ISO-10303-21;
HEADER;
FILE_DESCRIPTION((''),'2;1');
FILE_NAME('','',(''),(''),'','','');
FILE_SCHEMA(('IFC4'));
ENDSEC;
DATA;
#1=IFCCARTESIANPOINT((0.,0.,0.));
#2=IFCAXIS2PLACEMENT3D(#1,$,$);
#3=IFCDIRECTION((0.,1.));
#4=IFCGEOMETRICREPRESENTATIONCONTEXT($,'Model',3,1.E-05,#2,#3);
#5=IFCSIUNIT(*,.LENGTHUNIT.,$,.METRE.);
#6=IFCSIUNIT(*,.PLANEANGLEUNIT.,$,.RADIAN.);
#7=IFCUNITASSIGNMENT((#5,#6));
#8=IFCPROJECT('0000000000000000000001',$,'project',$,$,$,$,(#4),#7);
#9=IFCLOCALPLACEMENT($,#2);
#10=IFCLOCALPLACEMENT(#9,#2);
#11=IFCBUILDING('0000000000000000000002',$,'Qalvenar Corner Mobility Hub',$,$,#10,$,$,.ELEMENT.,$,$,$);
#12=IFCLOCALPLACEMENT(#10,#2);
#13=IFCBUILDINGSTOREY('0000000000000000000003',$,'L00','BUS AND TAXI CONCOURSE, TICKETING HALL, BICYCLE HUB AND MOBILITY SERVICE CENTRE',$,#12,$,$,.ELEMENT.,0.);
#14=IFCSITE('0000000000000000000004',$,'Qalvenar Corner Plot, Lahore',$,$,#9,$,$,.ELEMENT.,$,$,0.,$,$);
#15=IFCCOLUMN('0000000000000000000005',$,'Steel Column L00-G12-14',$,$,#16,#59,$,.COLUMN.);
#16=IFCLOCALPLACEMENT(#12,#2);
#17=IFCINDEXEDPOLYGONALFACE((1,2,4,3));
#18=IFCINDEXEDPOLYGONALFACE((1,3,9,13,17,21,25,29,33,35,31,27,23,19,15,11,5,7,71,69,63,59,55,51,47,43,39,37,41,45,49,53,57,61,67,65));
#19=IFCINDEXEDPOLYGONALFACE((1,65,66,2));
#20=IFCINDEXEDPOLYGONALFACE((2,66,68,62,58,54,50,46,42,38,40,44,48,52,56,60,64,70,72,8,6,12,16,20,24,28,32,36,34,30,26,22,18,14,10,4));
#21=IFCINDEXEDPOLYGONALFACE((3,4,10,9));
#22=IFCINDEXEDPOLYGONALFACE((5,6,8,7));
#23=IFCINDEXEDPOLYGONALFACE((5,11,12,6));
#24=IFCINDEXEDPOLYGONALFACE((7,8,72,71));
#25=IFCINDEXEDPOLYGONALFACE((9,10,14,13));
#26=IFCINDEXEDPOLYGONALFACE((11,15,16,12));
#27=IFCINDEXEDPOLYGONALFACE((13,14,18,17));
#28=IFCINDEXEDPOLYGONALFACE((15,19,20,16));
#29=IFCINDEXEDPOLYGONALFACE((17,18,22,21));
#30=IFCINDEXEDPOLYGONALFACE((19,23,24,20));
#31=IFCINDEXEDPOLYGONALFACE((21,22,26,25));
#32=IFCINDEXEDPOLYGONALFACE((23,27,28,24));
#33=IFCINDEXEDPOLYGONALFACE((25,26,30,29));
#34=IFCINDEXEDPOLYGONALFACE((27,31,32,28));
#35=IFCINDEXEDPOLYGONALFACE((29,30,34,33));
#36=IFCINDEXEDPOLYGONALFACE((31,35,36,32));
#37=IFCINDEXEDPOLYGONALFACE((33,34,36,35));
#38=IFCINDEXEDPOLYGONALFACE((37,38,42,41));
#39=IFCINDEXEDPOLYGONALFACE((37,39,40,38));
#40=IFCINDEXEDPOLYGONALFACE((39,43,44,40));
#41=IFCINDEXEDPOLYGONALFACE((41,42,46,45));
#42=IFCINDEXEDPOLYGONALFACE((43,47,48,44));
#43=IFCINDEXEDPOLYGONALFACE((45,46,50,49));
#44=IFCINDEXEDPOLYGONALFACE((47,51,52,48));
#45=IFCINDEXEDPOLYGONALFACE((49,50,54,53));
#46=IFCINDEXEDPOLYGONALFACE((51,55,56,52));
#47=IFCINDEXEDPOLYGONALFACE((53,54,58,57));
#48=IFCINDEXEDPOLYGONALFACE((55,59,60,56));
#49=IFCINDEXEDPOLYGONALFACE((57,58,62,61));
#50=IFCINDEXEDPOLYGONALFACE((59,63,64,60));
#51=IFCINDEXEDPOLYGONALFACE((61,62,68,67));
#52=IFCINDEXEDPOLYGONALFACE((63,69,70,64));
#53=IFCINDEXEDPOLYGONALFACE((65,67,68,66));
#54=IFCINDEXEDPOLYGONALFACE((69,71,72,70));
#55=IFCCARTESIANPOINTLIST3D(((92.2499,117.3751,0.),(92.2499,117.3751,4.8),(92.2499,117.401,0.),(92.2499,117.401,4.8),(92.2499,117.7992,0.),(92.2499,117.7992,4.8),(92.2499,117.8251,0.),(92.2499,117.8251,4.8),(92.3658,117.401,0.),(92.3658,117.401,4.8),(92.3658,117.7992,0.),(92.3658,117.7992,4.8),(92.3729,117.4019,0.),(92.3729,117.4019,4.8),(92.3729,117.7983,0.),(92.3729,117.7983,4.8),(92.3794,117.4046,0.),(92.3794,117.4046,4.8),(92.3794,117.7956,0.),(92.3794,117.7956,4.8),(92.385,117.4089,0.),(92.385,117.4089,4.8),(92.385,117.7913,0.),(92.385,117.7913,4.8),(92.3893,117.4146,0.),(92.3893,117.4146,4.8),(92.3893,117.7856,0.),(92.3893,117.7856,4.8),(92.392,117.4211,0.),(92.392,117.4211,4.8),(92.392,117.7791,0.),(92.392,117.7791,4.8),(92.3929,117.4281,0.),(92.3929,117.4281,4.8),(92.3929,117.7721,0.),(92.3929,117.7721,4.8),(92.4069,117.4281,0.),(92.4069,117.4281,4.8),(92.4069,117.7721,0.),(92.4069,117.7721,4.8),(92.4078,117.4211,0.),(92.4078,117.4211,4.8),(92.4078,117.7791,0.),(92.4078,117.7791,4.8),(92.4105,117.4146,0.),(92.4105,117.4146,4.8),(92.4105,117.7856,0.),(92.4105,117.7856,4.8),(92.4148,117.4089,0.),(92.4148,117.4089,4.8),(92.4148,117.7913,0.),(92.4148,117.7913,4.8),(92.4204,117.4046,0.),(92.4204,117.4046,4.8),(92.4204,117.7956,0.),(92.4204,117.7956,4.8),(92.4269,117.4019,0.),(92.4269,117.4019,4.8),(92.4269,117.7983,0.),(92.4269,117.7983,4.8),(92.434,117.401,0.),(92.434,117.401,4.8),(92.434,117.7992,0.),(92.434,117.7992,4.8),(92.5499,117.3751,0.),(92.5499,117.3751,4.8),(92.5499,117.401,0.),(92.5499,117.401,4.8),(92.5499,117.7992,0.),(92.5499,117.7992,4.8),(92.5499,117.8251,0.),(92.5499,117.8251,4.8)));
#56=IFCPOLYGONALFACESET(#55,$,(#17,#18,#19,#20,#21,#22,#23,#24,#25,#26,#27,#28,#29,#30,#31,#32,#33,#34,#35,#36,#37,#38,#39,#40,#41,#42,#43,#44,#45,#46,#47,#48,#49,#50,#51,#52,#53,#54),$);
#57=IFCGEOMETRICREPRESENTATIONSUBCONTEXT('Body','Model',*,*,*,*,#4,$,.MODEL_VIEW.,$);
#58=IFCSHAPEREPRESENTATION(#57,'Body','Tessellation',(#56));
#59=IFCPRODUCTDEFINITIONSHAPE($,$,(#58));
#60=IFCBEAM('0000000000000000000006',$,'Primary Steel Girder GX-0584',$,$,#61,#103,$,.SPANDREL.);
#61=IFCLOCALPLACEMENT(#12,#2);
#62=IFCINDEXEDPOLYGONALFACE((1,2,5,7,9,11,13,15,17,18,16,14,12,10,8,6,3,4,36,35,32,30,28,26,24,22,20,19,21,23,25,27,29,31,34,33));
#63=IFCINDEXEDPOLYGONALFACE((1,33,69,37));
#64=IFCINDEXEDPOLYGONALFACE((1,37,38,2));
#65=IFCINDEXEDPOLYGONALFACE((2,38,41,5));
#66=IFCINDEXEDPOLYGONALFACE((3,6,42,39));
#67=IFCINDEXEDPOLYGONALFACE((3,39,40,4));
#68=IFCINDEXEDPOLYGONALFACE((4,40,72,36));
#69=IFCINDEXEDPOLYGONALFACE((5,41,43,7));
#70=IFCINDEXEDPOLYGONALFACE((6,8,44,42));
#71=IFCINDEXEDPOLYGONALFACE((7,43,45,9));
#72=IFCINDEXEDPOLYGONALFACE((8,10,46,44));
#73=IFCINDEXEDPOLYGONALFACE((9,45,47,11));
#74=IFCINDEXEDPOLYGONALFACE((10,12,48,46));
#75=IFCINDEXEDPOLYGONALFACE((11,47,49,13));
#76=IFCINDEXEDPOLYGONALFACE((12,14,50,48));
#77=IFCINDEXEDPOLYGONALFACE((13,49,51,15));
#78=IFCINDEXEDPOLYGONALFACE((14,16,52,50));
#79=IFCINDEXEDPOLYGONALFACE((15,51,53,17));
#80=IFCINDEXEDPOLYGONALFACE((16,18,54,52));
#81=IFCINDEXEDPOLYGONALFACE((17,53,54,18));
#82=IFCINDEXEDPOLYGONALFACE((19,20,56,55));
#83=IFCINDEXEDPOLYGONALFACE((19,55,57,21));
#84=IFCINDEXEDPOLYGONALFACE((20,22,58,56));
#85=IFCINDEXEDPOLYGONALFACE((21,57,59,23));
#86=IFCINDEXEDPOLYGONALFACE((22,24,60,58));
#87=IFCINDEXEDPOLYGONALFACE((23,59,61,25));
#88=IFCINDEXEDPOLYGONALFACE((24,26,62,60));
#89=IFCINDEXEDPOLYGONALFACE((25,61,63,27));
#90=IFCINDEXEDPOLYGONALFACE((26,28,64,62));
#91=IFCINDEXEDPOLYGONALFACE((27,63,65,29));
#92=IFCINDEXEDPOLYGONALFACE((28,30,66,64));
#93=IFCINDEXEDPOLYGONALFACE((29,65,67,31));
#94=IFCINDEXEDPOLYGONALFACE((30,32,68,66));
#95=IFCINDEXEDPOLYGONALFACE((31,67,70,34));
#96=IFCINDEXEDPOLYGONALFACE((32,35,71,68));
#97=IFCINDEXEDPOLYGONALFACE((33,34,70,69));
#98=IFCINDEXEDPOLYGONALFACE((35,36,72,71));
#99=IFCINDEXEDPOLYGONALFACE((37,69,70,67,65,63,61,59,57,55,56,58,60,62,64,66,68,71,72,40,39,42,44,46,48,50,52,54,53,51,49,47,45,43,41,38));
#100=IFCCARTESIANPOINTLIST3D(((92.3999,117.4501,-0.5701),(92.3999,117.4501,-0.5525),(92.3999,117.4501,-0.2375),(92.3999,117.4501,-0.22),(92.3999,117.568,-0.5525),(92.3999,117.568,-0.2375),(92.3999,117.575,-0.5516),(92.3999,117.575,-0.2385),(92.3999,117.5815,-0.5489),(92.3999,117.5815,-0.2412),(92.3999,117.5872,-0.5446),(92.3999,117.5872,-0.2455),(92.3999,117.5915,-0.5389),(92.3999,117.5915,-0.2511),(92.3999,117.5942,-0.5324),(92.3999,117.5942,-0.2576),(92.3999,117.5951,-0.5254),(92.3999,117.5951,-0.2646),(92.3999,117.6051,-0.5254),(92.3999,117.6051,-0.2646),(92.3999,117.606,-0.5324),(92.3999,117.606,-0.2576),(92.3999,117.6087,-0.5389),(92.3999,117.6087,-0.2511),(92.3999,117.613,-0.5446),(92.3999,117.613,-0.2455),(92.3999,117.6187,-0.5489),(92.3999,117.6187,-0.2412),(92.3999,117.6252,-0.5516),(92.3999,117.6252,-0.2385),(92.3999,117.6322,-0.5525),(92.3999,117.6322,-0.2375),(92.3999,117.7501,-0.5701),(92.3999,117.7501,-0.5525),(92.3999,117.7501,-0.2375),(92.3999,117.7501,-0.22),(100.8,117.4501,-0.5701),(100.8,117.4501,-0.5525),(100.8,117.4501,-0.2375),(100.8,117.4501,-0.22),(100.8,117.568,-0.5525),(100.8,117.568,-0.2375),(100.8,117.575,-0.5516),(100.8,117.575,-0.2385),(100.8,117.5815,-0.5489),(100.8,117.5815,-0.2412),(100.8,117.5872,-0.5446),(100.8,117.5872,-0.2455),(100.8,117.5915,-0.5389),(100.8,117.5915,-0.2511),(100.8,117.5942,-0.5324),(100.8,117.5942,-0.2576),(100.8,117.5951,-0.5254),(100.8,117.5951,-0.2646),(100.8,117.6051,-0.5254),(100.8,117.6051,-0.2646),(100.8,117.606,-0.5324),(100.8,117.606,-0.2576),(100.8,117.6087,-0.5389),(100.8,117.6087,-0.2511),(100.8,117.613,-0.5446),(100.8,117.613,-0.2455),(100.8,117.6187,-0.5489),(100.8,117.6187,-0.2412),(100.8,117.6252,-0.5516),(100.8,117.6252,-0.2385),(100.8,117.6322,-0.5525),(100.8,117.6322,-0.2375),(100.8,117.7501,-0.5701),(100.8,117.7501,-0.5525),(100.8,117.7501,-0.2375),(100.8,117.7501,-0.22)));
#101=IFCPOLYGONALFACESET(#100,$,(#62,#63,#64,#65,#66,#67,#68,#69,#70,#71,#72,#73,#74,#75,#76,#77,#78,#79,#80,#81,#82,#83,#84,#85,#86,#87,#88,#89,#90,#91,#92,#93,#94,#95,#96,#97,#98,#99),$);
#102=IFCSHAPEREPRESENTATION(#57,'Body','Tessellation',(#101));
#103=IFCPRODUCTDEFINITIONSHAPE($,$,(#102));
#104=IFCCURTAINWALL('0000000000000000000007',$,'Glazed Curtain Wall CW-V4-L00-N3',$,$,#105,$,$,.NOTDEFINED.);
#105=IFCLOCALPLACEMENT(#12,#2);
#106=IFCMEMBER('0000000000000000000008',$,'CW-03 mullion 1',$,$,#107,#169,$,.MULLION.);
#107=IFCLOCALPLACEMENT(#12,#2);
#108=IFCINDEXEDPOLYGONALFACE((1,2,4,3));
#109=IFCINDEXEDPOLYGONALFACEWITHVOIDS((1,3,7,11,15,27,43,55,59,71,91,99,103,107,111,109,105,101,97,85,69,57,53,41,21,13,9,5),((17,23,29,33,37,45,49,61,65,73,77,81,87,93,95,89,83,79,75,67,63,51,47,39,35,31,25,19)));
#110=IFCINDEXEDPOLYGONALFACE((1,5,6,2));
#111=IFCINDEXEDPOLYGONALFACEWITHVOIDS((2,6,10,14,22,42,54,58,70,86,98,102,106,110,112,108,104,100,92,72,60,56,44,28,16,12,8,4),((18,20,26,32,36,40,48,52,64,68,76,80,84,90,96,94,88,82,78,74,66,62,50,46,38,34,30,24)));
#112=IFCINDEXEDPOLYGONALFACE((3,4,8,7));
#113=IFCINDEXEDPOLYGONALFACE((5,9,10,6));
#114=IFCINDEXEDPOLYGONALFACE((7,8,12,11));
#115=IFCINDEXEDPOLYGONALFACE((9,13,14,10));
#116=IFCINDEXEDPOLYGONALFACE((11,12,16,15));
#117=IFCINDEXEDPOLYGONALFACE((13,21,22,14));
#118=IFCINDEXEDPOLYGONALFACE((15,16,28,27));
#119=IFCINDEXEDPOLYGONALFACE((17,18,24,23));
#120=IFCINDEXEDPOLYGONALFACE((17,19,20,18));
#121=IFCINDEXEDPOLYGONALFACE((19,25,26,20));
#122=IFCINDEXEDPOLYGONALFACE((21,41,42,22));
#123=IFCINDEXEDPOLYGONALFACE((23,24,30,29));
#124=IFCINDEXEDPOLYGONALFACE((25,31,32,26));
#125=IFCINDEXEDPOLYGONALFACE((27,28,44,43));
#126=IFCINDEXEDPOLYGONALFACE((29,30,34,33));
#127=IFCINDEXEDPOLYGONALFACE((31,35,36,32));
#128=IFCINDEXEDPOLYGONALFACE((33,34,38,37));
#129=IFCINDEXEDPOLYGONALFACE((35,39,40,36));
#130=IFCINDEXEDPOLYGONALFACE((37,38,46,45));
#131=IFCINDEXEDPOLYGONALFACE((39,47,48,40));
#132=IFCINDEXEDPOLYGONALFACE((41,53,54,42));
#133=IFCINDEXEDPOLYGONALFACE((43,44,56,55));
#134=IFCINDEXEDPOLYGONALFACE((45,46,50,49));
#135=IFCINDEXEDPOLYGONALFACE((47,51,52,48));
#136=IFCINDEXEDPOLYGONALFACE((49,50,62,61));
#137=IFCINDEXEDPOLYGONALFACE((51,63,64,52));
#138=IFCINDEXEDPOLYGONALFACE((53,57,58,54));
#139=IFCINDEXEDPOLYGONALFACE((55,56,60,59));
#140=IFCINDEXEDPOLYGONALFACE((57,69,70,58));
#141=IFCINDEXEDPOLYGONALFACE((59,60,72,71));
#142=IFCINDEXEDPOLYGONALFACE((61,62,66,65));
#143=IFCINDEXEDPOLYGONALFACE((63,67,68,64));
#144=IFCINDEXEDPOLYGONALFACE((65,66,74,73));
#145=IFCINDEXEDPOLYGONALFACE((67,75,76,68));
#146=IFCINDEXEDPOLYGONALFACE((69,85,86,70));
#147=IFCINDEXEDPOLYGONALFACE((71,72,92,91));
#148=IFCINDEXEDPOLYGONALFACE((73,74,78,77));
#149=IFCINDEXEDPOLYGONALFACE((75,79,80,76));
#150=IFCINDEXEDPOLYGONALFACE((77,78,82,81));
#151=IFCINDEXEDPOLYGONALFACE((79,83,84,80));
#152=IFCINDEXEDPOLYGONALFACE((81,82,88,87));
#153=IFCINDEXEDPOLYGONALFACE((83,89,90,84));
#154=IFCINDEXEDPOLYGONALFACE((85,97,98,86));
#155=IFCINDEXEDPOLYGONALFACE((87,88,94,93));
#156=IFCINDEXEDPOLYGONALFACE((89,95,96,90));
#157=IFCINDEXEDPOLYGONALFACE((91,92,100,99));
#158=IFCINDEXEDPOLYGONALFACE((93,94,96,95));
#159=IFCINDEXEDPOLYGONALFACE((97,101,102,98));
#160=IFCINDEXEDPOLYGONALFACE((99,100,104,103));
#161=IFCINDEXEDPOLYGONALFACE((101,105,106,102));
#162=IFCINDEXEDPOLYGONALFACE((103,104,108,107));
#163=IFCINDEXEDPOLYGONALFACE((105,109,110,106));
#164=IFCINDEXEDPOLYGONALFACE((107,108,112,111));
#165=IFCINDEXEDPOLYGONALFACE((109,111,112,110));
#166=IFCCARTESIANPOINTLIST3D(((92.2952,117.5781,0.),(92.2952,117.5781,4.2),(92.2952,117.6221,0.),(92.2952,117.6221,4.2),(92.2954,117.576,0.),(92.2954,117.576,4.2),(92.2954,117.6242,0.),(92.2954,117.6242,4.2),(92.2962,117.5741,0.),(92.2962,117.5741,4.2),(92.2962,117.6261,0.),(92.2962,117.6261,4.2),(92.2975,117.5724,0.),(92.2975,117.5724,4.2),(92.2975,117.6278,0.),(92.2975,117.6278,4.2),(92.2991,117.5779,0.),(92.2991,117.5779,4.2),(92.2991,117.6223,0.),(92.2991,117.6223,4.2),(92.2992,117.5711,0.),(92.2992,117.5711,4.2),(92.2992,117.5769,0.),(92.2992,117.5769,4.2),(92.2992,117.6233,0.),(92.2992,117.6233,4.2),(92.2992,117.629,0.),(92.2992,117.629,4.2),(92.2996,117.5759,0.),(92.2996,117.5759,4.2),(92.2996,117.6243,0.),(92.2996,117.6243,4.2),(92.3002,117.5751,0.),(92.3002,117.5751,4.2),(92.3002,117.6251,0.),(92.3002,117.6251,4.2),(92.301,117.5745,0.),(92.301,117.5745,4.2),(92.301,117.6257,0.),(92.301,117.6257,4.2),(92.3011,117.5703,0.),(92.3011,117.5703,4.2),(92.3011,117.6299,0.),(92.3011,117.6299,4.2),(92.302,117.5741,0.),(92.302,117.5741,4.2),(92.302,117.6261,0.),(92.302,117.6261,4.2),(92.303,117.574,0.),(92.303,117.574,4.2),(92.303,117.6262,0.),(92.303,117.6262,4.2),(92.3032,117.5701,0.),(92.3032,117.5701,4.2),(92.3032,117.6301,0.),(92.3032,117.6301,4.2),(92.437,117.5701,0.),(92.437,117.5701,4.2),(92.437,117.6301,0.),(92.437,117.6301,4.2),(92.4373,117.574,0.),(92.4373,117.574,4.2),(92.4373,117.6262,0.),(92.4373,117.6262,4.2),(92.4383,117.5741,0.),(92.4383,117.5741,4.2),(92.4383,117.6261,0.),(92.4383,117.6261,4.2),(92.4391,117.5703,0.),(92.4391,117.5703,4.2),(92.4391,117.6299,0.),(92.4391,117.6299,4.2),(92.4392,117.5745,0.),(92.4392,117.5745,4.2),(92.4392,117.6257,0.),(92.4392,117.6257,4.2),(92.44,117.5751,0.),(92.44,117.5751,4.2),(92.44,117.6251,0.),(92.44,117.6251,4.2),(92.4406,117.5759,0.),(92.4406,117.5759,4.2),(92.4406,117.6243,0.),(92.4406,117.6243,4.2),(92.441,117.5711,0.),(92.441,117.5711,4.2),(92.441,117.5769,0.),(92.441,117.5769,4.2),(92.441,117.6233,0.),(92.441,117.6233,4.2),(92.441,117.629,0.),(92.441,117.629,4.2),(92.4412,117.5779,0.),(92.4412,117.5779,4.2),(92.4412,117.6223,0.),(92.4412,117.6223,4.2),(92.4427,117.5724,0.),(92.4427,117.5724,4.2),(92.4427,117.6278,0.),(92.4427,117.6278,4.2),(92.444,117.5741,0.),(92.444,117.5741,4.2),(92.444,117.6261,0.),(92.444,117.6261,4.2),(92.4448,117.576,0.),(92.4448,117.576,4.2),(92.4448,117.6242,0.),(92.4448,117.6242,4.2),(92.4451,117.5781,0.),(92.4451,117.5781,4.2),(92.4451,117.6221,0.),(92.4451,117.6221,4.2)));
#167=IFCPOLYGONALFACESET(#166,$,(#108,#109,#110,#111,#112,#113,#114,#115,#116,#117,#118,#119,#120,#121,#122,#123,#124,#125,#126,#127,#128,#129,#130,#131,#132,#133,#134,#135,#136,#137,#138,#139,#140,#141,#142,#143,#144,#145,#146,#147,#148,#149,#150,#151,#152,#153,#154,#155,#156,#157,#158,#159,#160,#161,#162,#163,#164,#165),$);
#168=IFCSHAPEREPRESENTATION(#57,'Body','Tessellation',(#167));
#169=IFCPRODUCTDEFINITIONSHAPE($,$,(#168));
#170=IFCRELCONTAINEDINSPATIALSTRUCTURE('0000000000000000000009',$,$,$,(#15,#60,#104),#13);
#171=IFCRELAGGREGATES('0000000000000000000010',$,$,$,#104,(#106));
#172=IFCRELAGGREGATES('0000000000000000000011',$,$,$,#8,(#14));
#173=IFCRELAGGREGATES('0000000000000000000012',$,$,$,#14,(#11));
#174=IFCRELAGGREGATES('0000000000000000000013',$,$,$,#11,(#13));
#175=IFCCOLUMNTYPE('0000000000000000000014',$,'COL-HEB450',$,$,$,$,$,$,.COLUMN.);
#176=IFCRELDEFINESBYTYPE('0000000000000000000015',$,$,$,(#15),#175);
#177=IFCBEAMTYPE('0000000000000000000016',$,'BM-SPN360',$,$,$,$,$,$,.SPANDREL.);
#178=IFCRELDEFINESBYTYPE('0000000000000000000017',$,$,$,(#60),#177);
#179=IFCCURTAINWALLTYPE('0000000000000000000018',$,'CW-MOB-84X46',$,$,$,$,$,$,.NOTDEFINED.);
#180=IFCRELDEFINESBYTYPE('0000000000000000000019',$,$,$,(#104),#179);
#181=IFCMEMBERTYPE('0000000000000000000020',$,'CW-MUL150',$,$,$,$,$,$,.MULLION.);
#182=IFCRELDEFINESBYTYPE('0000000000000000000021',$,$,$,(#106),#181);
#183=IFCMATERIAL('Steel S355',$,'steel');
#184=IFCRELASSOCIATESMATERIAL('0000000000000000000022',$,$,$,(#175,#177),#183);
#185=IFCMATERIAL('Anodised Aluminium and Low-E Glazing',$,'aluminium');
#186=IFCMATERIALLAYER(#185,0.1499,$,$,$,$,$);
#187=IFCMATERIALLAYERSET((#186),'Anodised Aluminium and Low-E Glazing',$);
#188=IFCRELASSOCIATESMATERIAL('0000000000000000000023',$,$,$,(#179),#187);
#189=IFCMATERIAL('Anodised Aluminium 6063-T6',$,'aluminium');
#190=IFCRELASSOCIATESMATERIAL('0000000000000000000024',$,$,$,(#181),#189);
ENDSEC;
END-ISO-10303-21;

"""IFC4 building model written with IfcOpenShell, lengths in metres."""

from ifc_helpers import new_model, si_unit, direction, frame, origin, origin_2d, place, context, subcontext, project, spatial, hollow_rectangle, i_section, extrude, material, layer, layer_set, material_profile, profile_set, type_object, element, aggregate, save


model = new_model("IFC4")

# Units and contexts
model_context = context("Model", 3, precision=1e-05, world=origin(), true_north=direction((0.0, 1.0)))
body_context = subcontext(model_context, "Body", "Model", "MODEL_VIEW")
ifc_project = project(units=[si_unit("LENGTHUNIT", "METRE"), si_unit("PLANEANGLEUNIT", "RADIAN")], contexts=[model_context])

# Site, building, storey
site_placement = place(None, origin())
site = spatial("IfcSite", under=ifc_project, at=site_placement, Name="Qalvenar Corner Plot, Lahore", CompositionType="ELEMENT", RefElevation=0.0)
building_placement = place(site_placement, origin())
building = spatial("IfcBuilding", under=site, at=building_placement, Name="Qalvenar Corner Mobility Hub", CompositionType="ELEMENT")
storey_placement = place(building_placement, origin())
storey = spatial("IfcBuildingStorey", under=building, at=storey_placement, Name="L00", Description="BUS AND TAXI CONCOURSE, TICKETING HALL, BICYCLE HUB AND MOBILITY SERVICE CENTRE", CompositionType="ELEMENT", Elevation=0.0)

# Column
ifc_material_1 = material(Name="Steel S355", Category="steel")
ifc_material_profile_1 = material_profile(ifc_material_1, i_section(OverallWidth=0.3, OverallDepth=0.45, WebThickness=0.0139, FlangeThickness=0.0259, FilletRadius=0.0271, at=origin_2d()), Name="HEB450")
ifc_profile_set_1 = profile_set([ifc_material_profile_1], Name="Steel S355")
column_type = type_object("IfcColumnType", Name="COL-HEB450", PredefinedType="COLUMN", material=ifc_profile_set_1)
column_placement = place(storey_placement, frame((92.3999, 117.6001, 0.0), z_axis=(0.0, 0.0, 1.0), x_axis=(1.0, 0.0, 0.0)))
element("IfcColumn", 1, at=column_placement, inside=storey, type_object=column_type, Name="Steel Column L00-G12-14", PredefinedType="COLUMN", context=body_context, shape_type="SweptSolid", body=[
    extrude(i_section(OverallWidth=0.3, OverallDepth=0.45, WebThickness=0.0139, FlangeThickness=0.0259, FilletRadius=0.0271, at=origin_2d()), origin(), (0.0, 0.0, 1.0), 4.8),
])

# Beam
ifc_material_profile_2 = material_profile(ifc_material_1, i_section(OverallWidth=0.3, OverallDepth=0.3501, WebThickness=0.01, FlangeThickness=0.0176, FilletRadius=0.0271, at=origin_2d()), Name="HEA360")
ifc_profile_set_2 = profile_set([ifc_material_profile_2], Name="Steel S355")
beam_type = type_object("IfcBeamType", Name="BM-SPN360", PredefinedType="SPANDREL", material=ifc_profile_set_2)
beam_placement = place(storey_placement, frame((92.3999, 117.6001, -0.395), z_axis=(1.0, 0.0, 0.0), x_axis=(0.0, 1.0, 0.0)))
element("IfcBeam", 2, at=beam_placement, inside=storey, type_object=beam_type, Name="Primary Steel Girder GX-0584", PredefinedType="SPANDREL", context=body_context, shape_type="SweptSolid", body=[
    extrude(i_section(OverallWidth=0.3, OverallDepth=0.3501, WebThickness=0.01, FlangeThickness=0.0176, FilletRadius=0.0271, at=origin_2d()), origin(), (0.0, 0.0, 1.0), 8.4001),
])

# Curtain wall, member
ifc_material_2 = material(Name="Anodised Aluminium and Low-E Glazing", Category="aluminium")
ifc_layer_1 = layer(ifc_material_2, 0.1499)
ifc_layer_set_1 = layer_set([ifc_layer_1], Name="Anodised Aluminium and Low-E Glazing")
curtain_wall_type = type_object("IfcCurtainWallType", Name="CW-MOB-84X46", PredefinedType="NOTDEFINED", material=ifc_layer_set_1)
curtain_wall_1_placement = place(storey_placement, origin())
curtain_wall_1 = element("IfcCurtainWall", 3, at=curtain_wall_1_placement, inside=storey, type_object=curtain_wall_type, Name="Glazed Curtain Wall CW-V4-L00-N3", PredefinedType="NOTDEFINED")
ifc_material_3 = material(Name="Anodised Aluminium 6063-T6", Category="aluminium")
ifc_material_profile_3 = material_profile(ifc_material_3, hollow_rectangle(XDim=0.0601, YDim=0.1499, WallThickness=0.0039, InnerFilletRadius=0.0039, OuterFilletRadius=0.0081, at=origin_2d()), Name="RHS150x60x4")
ifc_profile_set_3 = profile_set([ifc_material_profile_3], Name="Anodised Aluminium 6063-T6")
member_type_1 = type_object("IfcMemberType", Name="CW-MUL150", PredefinedType="MULLION", material=ifc_profile_set_3)
member_1_placement = place(storey_placement, frame((92.3701, 117.6001, 0.0), z_axis=(0.0, 0.0, 1.0), x_axis=(0.0, -1.0, 0.0)))
member_1 = element("IfcMember", 4, at=member_1_placement, type_object=member_type_1, Name="CW-03 mullion 1", PredefinedType="MULLION", context=body_context, shape_type="SweptSolid", body=[
    extrude(hollow_rectangle(XDim=0.0601, YDim=0.1499, WallThickness=0.0039, InnerFilletRadius=0.0039, OuterFilletRadius=0.0081, at=origin_2d()), origin(), (0.0, 0.0, 1.0), 4.2),
])

aggregate(curtain_wall_1, [member_1])

save(model, "model.ifc")
